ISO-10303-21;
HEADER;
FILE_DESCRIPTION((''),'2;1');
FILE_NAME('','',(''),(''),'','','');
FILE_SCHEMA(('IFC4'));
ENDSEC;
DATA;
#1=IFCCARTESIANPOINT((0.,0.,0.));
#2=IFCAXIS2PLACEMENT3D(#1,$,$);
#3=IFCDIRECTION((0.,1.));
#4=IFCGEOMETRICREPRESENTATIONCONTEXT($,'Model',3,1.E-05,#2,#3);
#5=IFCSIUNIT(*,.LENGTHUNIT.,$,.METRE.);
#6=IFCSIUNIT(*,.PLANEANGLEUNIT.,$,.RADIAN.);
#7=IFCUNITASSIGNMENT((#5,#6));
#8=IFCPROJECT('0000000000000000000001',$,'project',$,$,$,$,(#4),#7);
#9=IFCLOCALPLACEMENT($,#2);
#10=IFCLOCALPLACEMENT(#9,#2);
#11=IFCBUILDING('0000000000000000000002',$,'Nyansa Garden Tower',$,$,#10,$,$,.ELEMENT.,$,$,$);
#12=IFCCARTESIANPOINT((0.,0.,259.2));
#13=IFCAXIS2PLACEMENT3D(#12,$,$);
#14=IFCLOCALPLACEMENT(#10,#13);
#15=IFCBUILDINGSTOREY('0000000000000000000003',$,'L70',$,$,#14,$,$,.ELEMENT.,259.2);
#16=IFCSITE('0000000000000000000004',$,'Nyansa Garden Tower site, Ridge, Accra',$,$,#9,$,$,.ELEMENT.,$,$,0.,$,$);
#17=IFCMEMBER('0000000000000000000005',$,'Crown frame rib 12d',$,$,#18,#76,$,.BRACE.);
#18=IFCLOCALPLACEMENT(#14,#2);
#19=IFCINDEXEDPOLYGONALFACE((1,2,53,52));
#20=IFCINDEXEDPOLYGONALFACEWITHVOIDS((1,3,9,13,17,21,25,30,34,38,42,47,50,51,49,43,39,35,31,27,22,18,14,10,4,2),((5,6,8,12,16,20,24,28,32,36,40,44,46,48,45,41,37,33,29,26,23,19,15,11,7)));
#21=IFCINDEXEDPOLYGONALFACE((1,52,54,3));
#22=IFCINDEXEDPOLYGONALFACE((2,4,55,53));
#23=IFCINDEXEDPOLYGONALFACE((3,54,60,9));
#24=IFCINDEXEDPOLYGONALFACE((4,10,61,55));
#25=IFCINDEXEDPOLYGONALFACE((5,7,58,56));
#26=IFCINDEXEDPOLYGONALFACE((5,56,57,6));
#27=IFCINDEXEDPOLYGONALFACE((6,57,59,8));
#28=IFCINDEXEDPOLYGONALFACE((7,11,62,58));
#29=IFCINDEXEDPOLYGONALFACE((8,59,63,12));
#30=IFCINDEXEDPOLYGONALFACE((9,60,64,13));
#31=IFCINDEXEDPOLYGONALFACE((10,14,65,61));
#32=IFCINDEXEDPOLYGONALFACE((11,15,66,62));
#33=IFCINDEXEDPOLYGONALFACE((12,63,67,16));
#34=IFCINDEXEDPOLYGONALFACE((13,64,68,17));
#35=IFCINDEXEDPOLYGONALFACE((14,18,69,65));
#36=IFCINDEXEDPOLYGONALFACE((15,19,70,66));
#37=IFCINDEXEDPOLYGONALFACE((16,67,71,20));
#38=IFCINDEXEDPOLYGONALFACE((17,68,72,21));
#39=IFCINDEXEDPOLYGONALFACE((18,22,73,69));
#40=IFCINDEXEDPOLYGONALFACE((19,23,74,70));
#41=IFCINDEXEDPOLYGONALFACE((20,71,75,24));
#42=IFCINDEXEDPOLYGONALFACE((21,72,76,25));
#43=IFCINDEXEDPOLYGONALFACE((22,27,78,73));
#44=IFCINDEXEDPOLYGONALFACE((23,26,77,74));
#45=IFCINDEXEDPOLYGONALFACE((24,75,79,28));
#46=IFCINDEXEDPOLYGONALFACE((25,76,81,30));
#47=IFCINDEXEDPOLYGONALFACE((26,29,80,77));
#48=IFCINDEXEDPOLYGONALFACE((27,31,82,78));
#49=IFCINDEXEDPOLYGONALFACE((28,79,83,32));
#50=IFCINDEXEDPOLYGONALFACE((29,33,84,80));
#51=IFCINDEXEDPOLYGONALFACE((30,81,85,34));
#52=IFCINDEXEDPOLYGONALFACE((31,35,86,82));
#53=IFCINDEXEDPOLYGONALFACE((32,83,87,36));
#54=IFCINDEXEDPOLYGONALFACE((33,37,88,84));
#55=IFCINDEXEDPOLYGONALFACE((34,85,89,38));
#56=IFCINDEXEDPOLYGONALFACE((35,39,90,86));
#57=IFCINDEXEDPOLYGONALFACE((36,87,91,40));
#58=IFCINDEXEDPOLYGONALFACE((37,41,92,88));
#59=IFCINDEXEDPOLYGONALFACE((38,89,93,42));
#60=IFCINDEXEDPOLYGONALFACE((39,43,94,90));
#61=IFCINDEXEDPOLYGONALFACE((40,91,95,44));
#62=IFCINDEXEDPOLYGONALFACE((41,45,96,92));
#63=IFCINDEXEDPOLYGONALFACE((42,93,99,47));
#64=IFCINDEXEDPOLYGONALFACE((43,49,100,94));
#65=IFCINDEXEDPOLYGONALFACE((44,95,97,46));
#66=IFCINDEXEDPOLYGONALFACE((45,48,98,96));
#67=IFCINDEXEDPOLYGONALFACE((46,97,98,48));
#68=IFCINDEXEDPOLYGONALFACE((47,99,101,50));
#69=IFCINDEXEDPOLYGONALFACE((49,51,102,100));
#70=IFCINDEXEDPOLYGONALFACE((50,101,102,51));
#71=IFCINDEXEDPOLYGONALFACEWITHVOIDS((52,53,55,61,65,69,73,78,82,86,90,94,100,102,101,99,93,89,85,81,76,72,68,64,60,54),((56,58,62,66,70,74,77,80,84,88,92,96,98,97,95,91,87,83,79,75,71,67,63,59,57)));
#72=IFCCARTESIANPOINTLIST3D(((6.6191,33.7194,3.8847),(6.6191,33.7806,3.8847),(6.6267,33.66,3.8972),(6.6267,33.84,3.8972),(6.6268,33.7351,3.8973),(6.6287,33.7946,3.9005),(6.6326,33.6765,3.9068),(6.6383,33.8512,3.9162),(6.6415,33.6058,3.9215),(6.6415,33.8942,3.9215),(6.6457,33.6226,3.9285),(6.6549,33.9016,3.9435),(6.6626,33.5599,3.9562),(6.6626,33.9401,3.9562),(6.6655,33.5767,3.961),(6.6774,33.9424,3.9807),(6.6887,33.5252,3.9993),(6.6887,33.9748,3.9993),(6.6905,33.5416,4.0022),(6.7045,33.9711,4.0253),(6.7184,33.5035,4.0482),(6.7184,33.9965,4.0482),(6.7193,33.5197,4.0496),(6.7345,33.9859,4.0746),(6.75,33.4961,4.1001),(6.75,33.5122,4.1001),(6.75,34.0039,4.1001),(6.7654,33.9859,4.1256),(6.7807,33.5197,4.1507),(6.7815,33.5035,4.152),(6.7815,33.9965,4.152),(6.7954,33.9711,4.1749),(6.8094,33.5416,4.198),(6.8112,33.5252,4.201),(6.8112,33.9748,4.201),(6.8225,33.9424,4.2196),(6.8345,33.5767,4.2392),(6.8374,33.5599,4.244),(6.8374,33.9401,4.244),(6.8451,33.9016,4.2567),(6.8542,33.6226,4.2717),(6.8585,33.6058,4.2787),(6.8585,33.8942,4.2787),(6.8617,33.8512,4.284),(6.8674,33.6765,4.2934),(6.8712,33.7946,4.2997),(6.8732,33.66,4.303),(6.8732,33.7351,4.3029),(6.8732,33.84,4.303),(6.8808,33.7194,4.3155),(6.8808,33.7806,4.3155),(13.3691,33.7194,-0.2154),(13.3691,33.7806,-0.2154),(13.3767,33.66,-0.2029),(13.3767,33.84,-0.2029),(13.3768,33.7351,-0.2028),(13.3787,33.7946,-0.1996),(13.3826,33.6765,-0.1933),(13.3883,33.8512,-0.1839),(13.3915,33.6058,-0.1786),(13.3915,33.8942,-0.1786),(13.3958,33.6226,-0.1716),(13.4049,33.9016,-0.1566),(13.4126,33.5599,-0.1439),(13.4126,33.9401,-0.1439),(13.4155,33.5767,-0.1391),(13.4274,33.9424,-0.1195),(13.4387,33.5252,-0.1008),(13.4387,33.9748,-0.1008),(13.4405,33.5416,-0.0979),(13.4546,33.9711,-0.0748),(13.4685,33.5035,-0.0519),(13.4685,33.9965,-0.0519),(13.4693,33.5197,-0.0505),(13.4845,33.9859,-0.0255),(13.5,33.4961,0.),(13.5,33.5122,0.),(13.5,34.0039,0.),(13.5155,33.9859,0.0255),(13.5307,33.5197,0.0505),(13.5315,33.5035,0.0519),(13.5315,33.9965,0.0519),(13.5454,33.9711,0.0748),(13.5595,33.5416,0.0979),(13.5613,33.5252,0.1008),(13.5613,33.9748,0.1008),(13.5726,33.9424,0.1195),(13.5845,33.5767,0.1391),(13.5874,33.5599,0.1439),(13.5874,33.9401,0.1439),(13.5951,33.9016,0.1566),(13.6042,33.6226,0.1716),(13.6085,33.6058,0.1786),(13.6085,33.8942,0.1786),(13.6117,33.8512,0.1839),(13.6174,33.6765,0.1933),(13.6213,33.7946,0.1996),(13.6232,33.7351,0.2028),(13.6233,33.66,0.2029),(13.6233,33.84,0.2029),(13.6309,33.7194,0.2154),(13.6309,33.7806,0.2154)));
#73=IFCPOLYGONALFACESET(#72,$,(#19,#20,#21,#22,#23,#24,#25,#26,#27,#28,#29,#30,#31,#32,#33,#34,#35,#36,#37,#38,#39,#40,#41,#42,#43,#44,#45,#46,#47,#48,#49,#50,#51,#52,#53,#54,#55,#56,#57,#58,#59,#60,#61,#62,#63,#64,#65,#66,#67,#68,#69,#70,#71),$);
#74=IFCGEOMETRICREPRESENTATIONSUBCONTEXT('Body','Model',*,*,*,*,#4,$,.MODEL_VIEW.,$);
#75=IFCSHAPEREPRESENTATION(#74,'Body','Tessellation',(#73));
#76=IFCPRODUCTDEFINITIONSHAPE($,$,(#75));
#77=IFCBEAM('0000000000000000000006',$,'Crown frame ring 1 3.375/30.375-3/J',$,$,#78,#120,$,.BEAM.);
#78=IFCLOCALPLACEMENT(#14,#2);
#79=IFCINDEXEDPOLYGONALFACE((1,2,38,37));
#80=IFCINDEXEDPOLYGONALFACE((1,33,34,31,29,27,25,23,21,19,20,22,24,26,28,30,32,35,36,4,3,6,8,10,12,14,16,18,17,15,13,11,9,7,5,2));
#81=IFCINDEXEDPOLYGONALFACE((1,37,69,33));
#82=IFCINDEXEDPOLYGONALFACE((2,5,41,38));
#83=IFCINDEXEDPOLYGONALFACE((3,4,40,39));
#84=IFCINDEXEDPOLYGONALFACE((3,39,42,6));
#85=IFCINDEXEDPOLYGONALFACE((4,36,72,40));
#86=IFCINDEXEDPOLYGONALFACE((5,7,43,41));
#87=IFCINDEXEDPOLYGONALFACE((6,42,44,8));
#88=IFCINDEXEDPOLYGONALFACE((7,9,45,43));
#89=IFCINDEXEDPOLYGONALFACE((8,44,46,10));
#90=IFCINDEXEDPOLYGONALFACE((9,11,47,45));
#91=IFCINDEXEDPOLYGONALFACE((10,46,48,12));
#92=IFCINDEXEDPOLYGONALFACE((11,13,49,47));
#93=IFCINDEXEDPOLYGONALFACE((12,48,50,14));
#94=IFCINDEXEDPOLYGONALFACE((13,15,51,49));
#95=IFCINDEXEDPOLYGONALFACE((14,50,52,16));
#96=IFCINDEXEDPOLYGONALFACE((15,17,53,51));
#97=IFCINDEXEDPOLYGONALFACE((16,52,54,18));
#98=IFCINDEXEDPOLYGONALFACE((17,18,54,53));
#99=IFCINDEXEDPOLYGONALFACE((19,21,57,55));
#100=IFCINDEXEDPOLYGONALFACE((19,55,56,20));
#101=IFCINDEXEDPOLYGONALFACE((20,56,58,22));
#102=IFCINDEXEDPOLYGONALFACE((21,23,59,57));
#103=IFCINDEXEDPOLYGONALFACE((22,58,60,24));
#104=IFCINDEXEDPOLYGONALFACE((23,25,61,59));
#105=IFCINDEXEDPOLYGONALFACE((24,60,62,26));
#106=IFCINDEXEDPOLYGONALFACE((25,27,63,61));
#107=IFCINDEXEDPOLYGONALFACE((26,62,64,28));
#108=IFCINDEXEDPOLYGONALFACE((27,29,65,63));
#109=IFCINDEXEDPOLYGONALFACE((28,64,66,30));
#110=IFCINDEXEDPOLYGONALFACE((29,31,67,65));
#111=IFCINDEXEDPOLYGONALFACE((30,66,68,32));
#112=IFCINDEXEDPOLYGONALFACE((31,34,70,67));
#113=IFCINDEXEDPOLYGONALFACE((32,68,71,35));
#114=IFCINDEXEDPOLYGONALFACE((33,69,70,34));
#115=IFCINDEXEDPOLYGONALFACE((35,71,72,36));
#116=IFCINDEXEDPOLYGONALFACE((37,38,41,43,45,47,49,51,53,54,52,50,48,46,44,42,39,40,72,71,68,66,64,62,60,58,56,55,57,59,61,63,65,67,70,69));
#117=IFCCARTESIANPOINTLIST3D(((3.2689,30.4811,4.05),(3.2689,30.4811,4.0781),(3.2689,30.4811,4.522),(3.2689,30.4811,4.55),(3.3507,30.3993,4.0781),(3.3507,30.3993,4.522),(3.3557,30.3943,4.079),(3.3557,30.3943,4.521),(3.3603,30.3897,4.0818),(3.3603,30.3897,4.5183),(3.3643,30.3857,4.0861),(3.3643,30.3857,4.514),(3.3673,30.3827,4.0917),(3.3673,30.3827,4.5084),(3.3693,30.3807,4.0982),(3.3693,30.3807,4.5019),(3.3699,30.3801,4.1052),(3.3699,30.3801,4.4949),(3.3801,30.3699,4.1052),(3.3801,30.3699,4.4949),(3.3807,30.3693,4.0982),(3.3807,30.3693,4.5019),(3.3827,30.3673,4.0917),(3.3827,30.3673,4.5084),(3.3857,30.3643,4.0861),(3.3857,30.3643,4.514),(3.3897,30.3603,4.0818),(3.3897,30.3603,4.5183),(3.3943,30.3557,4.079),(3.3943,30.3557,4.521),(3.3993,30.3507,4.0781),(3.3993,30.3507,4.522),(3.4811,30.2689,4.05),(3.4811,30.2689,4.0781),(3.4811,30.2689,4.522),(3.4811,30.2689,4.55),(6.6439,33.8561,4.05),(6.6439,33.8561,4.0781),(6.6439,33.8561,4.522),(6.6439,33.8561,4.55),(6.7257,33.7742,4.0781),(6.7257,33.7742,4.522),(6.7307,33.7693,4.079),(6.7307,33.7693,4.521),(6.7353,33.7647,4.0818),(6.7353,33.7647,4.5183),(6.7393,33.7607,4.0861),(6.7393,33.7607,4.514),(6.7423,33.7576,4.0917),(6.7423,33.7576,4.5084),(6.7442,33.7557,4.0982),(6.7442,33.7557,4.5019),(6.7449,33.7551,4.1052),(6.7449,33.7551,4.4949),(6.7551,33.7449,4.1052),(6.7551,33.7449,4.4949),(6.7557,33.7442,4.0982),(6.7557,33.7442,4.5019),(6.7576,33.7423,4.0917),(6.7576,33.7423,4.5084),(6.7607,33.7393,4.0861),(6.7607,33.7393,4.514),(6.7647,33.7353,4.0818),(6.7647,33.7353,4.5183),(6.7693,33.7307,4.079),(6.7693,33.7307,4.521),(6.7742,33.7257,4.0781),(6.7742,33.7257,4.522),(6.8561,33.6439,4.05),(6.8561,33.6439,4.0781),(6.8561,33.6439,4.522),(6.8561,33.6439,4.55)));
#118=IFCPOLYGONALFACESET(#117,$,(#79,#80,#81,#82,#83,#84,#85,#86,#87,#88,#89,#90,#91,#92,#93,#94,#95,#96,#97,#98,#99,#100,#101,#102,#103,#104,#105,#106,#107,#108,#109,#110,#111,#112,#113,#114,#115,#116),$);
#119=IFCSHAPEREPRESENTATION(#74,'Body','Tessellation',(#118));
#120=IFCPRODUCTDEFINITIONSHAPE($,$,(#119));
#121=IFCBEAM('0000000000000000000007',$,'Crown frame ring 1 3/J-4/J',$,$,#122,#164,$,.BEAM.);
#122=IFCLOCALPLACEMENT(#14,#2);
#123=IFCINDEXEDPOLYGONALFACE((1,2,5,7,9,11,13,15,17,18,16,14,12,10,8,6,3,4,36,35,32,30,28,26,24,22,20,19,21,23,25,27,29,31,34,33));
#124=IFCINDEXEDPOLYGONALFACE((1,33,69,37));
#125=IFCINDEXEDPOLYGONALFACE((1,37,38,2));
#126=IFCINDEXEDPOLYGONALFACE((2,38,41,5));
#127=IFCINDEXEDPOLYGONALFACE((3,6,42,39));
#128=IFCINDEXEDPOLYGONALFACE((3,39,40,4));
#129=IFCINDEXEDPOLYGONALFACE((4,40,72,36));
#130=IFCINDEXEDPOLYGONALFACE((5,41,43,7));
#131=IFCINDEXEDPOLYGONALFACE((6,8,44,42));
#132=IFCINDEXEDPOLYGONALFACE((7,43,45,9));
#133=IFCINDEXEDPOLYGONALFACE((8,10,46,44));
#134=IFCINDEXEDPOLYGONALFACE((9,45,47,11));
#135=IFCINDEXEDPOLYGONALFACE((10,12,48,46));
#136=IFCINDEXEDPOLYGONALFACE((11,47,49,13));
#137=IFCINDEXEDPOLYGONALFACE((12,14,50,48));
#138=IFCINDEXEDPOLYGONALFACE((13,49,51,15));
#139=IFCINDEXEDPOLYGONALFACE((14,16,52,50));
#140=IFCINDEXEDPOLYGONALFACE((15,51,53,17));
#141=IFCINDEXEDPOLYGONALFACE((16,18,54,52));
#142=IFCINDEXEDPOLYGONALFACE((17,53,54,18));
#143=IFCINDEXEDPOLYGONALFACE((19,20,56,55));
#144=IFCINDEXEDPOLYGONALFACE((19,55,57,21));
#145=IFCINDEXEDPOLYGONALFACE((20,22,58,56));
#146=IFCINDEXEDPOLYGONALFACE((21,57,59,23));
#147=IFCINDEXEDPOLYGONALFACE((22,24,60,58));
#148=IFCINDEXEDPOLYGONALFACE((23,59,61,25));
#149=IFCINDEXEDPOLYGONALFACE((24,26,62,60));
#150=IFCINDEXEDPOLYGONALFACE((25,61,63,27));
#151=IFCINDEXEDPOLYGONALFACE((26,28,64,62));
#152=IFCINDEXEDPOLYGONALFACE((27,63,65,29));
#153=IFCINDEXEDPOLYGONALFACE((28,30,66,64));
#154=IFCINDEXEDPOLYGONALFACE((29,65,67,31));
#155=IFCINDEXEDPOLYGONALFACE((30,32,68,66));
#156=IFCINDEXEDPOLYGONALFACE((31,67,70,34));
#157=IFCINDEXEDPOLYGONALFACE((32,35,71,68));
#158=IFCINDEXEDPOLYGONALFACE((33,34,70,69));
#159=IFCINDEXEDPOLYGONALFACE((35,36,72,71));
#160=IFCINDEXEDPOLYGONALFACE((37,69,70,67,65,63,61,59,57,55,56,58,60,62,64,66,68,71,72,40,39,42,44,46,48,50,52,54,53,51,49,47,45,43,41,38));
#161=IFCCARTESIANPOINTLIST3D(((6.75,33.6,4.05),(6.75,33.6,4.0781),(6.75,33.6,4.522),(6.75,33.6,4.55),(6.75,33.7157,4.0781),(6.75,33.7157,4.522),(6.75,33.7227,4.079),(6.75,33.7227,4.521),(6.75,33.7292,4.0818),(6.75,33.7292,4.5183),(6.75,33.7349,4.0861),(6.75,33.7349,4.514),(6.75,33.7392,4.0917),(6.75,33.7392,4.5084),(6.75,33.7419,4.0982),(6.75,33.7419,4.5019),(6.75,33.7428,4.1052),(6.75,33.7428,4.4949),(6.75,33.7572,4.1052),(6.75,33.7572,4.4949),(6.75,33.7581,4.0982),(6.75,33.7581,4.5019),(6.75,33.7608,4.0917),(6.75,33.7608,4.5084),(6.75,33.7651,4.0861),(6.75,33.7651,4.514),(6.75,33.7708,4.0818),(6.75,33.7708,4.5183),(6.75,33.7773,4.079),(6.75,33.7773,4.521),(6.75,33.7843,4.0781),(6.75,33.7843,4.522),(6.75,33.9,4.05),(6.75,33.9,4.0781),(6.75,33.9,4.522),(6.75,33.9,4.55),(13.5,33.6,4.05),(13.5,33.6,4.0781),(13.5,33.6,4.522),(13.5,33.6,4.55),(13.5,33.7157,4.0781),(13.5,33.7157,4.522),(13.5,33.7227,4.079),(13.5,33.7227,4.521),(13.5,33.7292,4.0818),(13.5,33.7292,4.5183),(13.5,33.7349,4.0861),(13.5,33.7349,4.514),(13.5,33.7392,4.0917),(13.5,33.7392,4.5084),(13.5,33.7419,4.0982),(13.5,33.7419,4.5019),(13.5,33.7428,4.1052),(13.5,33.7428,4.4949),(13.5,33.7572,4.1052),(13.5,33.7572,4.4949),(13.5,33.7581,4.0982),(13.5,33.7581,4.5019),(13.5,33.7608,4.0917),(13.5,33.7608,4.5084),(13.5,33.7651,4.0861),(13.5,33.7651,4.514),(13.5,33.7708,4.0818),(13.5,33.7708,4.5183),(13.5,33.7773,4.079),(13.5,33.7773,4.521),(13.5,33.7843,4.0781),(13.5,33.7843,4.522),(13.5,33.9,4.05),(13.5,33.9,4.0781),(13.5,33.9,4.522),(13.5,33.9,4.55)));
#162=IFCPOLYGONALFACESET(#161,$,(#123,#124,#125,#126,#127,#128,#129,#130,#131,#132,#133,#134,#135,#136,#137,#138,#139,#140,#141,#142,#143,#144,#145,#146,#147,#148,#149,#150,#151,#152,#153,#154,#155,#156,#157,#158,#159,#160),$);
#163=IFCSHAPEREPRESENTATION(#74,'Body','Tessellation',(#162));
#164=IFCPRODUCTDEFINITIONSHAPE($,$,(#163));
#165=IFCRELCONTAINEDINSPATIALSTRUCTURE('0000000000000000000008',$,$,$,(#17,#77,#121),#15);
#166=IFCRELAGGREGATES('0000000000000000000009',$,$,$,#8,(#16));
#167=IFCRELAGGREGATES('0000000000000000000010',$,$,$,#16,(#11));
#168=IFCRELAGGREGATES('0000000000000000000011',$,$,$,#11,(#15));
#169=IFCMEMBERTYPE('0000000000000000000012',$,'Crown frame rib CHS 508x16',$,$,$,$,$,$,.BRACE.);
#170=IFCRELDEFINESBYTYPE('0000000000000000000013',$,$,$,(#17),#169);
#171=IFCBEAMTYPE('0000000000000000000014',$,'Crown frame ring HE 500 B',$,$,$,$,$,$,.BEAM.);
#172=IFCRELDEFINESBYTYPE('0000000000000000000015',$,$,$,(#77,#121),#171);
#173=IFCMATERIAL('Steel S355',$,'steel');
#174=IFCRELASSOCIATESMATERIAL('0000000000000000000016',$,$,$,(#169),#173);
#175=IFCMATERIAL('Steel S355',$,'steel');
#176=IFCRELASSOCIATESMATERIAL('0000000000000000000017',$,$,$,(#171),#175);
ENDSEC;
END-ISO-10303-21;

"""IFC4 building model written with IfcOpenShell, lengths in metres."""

from ifc_helpers import new_model, si_unit, direction, frame, origin, origin_2d, place, context, subcontext, project, spatial, hollow_circle, i_section, extrude, material, material_profile, profile_set, type_object, element, save


model = new_model("IFC4")

# Units and contexts
model_context = context("Model", 3, precision=1e-05, world=origin(), true_north=direction((0.0, 1.0)))
body_context = subcontext(model_context, "Body", "Model", "MODEL_VIEW")
ifc_project = project(units=[si_unit("LENGTHUNIT", "METRE"), si_unit("PLANEANGLEUNIT", "RADIAN")], contexts=[model_context])

# Site, building, storey
site_placement = place(None, origin())
site = spatial("IfcSite", under=ifc_project, at=site_placement, Name="Nyansa Garden Tower site, Ridge, Accra", CompositionType="ELEMENT", RefElevation=0.0)
building_placement = place(site_placement, origin())
building = spatial("IfcBuilding", under=site, at=building_placement, Name="Nyansa Garden Tower", CompositionType="ELEMENT")
storey_placement = place(building_placement, frame((0.0, 0.0, 259.2)))
storey = spatial("IfcBuildingStorey", under=building, at=storey_placement, Name="L70", CompositionType="ELEMENT", Elevation=259.2)

# Member
ifc_material_1 = material(Name="Steel S355", Category="steel")
ifc_material_profile_1 = material_profile(ifc_material_1, hollow_circle(Radius=0.2539, WallThickness=0.0161, at=origin_2d()), Name="CHS 508x16")
ifc_profile_set_1 = profile_set([ifc_material_profile_1], Name="Steel S355")
member_type = type_object("IfcMemberType", Name="Crown frame rib CHS 508x16", PredefinedType="BRACE", material=ifc_profile_set_1)
for number, where, z_axis, x_axis, name in (
    (1, (13.5, 33.75, 0.0), (-0.854682, 0.0, 0.519152), (0.0, -1.0, 0.0), "Crown frame rib 12d"),
):
    element("IfcMember", number, at=place(storey_placement, frame(where, z_axis=z_axis, x_axis=x_axis)), inside=storey, type_object=member_type, Name=name, PredefinedType="BRACE", context=body_context, shape_type="SweptSolid", body=[
        extrude(hollow_circle(Radius=0.2539, WallThickness=0.0161, at=origin_2d()), origin(), (0.0, 0.0, 1.0), 7.8977),
    ])

# Beams
ifc_material_2 = material(Name="Steel S355", Category="steel")
ifc_material_profile_2 = material_profile(ifc_material_2, i_section(OverallWidth=0.3, OverallDepth=0.5, WebThickness=0.0144, FlangeThickness=0.0281, FilletRadius=0.0271, at=origin_2d()), Name="HE 500 B")
ifc_profile_set_2 = profile_set([ifc_material_profile_2], Name="Steel S355")
beam_type_1 = type_object("IfcBeamType", Name="Crown frame ring HE 500 B", PredefinedType="BEAM", material=ifc_profile_set_2)
beam_1_placement = place(storey_placement, frame((3.375, 30.375, 4.3), z_axis=(0.707107, 0.707107, 0.0), x_axis=(-0.707107, 0.707107, 0.0)))
element("IfcBeam", 2, at=beam_1_placement, inside=storey, type_object=beam_type_1, Name="Crown frame ring 1 3.375/30.375-3/J", PredefinedType="BEAM", context=body_context, shape_type="SweptSolid", body=[
    extrude(i_section(OverallWidth=0.3, OverallDepth=0.5, WebThickness=0.0144, FlangeThickness=0.0281, FilletRadius=0.0271, at=origin_2d()), origin(), (0.0, 0.0, 1.0), 4.7729),
])
for number, where, z_axis, x_axis, name in (
    (3, (6.75, 33.75, 4.3), (1.0, 0.0, 0.0), (0.0, 1.0, 0.0), "Crown frame ring 1 3/J-4/J"),
):
    element("IfcBeam", number, at=place(storey_placement, frame(where, z_axis=z_axis, x_axis=x_axis)), inside=storey, type_object=beam_type_1, Name=name, PredefinedType="BEAM", context=body_context, shape_type="SweptSolid", body=[
        extrude(i_section(OverallWidth=0.3, OverallDepth=0.5, WebThickness=0.0144, FlangeThickness=0.0281, FilletRadius=0.0271, at=origin_2d()), origin(), (0.0, 0.0, 1.0), 6.75),
    ])

save(model, "model.ifc")
